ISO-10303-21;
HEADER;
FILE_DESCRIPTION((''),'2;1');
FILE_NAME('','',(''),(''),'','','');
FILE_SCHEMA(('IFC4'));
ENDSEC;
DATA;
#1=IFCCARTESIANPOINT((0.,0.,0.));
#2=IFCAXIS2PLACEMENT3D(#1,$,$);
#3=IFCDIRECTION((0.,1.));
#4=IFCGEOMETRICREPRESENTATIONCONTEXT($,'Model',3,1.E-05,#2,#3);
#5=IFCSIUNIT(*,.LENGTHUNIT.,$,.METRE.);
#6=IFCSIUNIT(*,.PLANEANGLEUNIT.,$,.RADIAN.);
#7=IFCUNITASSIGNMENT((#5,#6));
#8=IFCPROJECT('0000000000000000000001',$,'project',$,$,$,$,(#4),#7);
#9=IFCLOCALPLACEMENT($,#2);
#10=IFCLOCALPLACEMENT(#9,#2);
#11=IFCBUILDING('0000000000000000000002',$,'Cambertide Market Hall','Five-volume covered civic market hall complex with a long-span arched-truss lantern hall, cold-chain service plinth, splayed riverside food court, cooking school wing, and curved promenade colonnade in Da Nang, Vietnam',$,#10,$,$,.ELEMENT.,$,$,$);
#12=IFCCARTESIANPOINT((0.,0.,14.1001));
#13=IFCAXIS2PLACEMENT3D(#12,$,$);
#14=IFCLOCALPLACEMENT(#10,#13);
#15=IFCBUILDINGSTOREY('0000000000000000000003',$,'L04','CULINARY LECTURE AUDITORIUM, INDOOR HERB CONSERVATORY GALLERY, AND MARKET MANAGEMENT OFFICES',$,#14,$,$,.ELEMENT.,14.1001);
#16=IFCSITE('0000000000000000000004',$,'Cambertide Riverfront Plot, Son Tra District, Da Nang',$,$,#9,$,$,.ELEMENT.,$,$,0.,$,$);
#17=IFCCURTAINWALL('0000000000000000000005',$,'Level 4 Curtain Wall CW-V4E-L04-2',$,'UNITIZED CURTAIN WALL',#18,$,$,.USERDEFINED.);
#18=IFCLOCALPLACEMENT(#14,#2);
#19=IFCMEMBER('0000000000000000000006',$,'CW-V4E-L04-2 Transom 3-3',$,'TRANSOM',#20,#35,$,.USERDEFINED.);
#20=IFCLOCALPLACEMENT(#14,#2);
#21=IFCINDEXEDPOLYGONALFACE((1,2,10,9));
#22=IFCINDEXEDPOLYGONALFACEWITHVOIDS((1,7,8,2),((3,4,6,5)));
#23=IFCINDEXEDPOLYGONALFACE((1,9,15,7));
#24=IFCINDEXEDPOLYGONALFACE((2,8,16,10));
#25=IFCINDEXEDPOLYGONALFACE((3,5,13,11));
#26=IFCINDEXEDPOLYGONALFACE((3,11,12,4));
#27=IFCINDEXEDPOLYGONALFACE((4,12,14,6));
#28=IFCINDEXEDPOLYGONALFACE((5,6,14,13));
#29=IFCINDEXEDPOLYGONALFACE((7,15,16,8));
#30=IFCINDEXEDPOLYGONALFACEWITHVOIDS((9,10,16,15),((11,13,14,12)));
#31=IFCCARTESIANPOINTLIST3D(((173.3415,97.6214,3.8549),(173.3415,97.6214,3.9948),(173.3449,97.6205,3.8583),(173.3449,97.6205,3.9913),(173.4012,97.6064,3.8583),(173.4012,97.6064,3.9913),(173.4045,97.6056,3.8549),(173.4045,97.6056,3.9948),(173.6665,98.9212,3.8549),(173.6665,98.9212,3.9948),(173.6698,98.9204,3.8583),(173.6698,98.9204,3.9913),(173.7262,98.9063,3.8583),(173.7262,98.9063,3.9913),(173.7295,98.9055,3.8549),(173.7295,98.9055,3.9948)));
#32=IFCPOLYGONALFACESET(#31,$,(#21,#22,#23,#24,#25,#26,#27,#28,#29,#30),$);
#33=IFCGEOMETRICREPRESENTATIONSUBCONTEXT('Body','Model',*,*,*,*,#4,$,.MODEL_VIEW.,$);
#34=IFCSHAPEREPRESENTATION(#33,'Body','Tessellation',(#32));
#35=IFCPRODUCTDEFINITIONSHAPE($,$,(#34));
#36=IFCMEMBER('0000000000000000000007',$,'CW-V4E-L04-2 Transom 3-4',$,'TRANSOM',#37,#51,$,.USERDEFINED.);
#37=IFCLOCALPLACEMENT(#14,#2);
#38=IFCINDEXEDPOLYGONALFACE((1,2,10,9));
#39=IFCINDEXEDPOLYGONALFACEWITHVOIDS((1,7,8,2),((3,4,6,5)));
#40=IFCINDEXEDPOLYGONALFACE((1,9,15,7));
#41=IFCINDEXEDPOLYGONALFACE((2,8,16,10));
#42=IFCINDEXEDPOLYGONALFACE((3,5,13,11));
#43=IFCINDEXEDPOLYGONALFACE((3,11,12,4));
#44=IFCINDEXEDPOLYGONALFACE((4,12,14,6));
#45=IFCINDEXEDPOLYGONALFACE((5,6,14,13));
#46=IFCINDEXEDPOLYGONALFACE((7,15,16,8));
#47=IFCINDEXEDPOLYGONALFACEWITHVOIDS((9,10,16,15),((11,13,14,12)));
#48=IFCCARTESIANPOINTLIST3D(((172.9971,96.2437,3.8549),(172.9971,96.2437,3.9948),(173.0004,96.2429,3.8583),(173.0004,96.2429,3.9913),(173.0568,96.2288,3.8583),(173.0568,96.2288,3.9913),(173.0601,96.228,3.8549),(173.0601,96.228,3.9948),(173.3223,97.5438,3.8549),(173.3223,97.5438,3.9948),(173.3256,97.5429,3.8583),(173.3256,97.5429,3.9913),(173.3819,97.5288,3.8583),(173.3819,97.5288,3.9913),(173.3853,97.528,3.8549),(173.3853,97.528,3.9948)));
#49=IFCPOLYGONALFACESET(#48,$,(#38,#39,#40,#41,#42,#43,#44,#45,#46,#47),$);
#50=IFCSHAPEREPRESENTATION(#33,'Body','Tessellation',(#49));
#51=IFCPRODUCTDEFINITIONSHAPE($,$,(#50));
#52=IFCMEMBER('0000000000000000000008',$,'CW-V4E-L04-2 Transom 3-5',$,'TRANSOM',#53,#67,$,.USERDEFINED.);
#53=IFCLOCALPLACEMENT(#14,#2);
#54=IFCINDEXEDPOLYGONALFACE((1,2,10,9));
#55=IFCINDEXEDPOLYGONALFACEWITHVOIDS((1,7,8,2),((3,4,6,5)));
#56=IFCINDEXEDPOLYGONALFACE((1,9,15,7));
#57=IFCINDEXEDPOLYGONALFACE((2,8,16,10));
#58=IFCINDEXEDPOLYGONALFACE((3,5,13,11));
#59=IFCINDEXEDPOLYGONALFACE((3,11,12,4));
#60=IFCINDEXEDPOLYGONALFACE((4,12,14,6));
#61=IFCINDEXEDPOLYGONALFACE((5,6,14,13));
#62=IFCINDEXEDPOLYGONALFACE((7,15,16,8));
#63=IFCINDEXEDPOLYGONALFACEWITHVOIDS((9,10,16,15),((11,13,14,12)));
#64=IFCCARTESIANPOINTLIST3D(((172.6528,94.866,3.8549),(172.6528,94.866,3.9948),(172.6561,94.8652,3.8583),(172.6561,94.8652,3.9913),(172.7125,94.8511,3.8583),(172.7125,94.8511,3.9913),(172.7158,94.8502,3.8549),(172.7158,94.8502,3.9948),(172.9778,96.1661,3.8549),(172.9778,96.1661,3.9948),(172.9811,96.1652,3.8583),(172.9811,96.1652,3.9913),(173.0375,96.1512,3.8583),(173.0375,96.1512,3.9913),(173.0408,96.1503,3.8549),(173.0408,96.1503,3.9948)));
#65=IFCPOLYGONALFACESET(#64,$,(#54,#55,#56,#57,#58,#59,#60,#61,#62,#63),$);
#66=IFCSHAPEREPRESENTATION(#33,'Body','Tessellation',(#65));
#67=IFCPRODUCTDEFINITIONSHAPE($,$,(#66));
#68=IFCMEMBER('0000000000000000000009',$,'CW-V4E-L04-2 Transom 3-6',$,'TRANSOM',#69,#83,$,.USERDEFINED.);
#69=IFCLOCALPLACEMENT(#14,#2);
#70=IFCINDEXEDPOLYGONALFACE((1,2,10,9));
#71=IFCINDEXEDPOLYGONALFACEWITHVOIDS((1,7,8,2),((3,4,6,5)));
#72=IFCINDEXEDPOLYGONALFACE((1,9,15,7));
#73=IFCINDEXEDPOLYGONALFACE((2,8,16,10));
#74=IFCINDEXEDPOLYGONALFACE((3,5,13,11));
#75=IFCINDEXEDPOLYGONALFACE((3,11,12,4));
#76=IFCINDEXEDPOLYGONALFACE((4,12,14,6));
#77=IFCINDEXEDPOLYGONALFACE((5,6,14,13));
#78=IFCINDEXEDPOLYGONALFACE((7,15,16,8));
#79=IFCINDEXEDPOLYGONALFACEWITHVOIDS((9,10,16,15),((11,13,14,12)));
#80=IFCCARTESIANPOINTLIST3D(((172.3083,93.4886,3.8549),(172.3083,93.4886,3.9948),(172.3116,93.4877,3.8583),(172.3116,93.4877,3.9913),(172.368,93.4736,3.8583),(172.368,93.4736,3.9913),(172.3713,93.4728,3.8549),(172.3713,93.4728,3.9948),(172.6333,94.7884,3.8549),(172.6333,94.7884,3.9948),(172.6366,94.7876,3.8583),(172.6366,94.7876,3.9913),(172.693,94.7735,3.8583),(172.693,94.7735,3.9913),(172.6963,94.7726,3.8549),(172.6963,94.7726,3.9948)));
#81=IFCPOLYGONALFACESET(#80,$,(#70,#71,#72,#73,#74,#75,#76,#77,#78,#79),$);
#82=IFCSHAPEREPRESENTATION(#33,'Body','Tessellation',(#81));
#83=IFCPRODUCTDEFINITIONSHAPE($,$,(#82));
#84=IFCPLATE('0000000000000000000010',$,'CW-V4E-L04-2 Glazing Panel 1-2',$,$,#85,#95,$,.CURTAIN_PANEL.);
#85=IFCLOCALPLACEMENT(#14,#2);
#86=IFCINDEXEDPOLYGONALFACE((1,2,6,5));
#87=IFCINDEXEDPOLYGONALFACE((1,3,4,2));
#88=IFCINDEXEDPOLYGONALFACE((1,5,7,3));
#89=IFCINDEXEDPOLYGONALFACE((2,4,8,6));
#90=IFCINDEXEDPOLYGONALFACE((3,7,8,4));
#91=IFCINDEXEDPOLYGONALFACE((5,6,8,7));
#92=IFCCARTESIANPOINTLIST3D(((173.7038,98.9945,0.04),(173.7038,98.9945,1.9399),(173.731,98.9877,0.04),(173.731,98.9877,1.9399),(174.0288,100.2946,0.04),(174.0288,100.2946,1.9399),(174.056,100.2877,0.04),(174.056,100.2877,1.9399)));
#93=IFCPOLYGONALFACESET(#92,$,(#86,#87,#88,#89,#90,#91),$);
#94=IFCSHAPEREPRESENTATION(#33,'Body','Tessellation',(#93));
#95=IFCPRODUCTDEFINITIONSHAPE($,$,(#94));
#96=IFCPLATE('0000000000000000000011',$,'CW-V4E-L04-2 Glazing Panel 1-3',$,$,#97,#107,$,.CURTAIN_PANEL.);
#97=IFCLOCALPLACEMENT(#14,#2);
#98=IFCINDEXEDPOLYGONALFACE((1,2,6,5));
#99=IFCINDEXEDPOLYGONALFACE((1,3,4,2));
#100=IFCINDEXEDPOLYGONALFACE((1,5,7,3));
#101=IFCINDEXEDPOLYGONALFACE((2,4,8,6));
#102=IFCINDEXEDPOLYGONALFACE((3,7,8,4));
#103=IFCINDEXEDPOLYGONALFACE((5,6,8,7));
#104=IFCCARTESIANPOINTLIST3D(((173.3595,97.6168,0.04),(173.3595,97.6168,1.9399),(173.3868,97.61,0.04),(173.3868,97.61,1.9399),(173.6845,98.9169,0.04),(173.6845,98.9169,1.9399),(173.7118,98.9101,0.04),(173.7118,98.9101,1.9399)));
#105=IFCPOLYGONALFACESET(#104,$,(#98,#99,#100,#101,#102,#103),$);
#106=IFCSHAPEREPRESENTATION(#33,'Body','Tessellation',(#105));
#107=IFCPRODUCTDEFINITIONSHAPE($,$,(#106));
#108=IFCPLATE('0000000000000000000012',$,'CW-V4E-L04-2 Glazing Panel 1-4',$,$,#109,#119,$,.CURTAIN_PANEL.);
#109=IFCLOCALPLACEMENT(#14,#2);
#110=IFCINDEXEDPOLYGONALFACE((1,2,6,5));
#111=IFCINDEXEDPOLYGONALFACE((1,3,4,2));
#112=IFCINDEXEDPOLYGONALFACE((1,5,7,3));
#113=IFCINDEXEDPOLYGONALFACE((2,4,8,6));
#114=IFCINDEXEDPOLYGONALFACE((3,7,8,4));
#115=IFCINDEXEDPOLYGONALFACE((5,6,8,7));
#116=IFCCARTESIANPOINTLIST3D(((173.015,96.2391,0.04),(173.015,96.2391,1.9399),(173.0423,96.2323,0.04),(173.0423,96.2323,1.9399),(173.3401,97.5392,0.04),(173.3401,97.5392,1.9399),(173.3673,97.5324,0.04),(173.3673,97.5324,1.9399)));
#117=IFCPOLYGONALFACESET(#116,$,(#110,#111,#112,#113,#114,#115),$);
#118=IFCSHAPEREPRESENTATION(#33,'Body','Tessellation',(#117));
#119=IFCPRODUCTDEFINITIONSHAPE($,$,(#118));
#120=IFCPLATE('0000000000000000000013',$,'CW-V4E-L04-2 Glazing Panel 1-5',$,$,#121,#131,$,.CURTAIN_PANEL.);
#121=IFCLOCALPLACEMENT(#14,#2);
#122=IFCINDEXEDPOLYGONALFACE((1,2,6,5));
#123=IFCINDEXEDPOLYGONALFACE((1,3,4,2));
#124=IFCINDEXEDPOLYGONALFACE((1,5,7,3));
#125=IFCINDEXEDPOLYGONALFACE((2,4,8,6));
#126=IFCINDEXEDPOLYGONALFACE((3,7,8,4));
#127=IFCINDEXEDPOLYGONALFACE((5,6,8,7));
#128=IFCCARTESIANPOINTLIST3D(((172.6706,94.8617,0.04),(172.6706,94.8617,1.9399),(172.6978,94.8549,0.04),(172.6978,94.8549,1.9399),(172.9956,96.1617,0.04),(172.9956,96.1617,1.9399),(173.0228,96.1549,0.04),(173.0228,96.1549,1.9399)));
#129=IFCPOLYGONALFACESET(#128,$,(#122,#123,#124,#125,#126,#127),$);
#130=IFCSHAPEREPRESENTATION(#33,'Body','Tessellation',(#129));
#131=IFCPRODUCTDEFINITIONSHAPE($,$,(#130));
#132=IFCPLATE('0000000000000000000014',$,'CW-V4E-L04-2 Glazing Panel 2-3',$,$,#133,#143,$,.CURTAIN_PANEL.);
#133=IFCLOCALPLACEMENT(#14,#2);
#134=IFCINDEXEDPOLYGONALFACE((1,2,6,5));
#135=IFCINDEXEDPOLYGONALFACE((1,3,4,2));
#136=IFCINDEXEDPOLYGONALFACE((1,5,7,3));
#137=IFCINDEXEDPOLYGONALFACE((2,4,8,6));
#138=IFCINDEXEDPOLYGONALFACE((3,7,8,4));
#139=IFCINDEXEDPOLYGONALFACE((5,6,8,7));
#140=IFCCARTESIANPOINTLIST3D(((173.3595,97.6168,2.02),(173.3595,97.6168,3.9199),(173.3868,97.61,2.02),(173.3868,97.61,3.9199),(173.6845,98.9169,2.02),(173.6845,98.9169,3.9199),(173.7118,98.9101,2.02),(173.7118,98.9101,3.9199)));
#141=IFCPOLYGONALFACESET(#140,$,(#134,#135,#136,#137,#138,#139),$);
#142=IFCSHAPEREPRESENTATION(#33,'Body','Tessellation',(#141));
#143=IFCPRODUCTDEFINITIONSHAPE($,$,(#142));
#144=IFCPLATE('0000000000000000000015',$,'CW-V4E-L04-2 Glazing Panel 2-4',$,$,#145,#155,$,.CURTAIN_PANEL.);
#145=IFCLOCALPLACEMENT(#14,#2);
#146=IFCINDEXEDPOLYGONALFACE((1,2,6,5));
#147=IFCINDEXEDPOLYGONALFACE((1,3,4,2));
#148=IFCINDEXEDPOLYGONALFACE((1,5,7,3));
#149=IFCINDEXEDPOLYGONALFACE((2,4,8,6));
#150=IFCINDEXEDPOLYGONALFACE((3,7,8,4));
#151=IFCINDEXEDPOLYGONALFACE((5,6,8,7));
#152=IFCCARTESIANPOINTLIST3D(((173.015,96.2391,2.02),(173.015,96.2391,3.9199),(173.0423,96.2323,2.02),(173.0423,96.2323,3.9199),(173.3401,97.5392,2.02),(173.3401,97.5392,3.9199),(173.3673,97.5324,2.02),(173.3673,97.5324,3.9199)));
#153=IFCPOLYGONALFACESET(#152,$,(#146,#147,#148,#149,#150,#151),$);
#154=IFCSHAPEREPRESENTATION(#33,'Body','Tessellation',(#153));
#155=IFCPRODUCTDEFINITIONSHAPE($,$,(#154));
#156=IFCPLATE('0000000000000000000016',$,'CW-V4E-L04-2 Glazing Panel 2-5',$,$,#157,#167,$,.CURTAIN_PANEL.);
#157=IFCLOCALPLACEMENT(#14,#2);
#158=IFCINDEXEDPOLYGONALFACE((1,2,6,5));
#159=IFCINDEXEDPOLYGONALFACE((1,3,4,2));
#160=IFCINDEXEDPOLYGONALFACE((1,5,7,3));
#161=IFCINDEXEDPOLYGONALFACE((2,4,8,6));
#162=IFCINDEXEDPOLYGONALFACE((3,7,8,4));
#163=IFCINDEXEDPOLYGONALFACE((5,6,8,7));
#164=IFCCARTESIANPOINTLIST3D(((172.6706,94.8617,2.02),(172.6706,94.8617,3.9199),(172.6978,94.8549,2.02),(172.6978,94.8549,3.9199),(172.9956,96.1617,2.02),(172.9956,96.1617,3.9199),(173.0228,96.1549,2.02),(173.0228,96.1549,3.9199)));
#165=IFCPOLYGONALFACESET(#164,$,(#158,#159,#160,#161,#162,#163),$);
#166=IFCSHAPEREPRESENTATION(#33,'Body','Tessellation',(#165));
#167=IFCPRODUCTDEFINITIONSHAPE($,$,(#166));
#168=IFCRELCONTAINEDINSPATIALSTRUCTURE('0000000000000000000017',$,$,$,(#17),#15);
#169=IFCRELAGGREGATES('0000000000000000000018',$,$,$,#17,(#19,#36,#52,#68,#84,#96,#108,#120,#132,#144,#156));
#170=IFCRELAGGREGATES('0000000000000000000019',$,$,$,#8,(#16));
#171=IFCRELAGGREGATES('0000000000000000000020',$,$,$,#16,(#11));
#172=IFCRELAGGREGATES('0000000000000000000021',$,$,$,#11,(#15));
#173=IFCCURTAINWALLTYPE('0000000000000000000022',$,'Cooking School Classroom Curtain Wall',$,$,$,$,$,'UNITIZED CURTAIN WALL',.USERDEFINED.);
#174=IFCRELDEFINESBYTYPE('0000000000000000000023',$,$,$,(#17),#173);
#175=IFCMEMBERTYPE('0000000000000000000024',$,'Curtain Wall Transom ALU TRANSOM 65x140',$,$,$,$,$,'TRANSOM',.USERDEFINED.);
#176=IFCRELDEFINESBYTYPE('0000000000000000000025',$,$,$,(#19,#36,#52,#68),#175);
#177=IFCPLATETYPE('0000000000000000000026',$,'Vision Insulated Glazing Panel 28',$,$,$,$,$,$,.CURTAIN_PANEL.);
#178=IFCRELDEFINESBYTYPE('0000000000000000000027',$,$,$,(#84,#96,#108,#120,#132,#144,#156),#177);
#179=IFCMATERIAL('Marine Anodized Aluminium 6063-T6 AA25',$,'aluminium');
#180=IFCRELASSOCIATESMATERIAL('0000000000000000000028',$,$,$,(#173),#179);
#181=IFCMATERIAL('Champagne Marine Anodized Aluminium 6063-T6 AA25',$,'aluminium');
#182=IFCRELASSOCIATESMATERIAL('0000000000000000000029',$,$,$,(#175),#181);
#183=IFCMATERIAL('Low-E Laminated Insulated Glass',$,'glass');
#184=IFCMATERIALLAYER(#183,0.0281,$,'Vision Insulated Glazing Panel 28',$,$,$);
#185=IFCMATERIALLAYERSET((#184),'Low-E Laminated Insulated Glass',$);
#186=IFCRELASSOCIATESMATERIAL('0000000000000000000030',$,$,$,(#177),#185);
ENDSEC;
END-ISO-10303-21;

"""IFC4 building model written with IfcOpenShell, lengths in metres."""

from ifc_helpers import new_model, si_unit, direction, frame, origin, origin_2d, place, context, subcontext, project, spatial, rectangle, hollow_rectangle, extrude, material, layer, layer_set, material_profile, profile_set, type_object, element, aggregate, save


model = new_model("IFC4")

# Units and contexts
model_context = context("Model", 3, precision=1e-05, world=origin(), true_north=direction((0.0, 1.0)))
body_context = subcontext(model_context, "Body", "Model", "MODEL_VIEW")
ifc_project = project(units=[si_unit("LENGTHUNIT", "METRE"), si_unit("PLANEANGLEUNIT", "RADIAN")], contexts=[model_context])

# Site, building, storey
site_placement = place(None, origin())
site = spatial("IfcSite", under=ifc_project, at=site_placement, Name="Cambertide Riverfront Plot, Son Tra District, Da Nang", CompositionType="ELEMENT", RefElevation=0.0)
building_placement = place(site_placement, origin())
building = spatial("IfcBuilding", under=site, at=building_placement, Name="Cambertide Market Hall", Description="Five-volume covered civic market hall complex with a long-span arched-truss lantern hall, cold-chain service plinth, splayed riverside food court, cooking school wing, and curved promenade colonnade in Da Nang, Vietnam", CompositionType="ELEMENT")
storey_placement = place(building_placement, frame((0.0, 0.0, 14.1001)))
storey = spatial("IfcBuildingStorey", under=building, at=storey_placement, Name="L04", Description="CULINARY LECTURE AUDITORIUM, INDOOR HERB CONSERVATORY GALLERY, AND MARKET MANAGEMENT OFFICES", CompositionType="ELEMENT", Elevation=14.1001)

# Curtain wall, members, plates
ifc_material_1 = material(Name="Marine Anodized Aluminium 6063-T6 AA25", Category="aluminium")
curtain_wall_type = type_object("IfcCurtainWallType", Name="Cooking School Classroom Curtain Wall", ElementType="UNITIZED CURTAIN WALL", PredefinedType="USERDEFINED", material=ifc_material_1)
curtain_wall_placement = place(storey_placement, origin())
curtain_wall = element("IfcCurtainWall", 1, at=curtain_wall_placement, inside=storey, type_object=curtain_wall_type, Name="Level 4 Curtain Wall CW-V4E-L04-2", ObjectType="UNITIZED CURTAIN WALL", PredefinedType="USERDEFINED")
ifc_material_2 = material(Name="Champagne Marine Anodized Aluminium 6063-T6 AA25", Category="aluminium")
ifc_material_profile_1 = material_profile(ifc_material_2, hollow_rectangle(XDim=0.0649, YDim=0.1399, WallThickness=0.0034, at=origin_2d()), Name="ALU TRANSOM 65x140")
ifc_profile_set_1 = profile_set([ifc_material_profile_1], Name="Champagne Marine Anodized Aluminium 6063-T6 AA25")
member_type_1 = type_object("IfcMemberType", Name="Curtain Wall Transom ALU TRANSOM 65x140", ElementType="TRANSOM", PredefinedType="USERDEFINED", material=ifc_profile_set_1)
member_1_placement = place(storey_placement, frame((173.698, 98.9133, 3.9248), z_axis=(-0.242536, -0.970143, 0.0), x_axis=(0.970143, -0.242536, 0.0)))
member_1 = element("IfcMember", 2, at=member_1_placement, type_object=member_type_1, Name="CW-V4E-L04-2 Transom 3-3", ObjectType="TRANSOM", PredefinedType="USERDEFINED", context=body_context, shape_type="SweptSolid", body=[
    extrude(hollow_rectangle(XDim=0.0649, YDim=0.1399, WallThickness=0.0034, at=origin_2d()), origin(), (0.0, 0.0, 1.0), 1.3398),
])
member_2_placement = place(storey_placement, frame((173.3538, 97.5359, 3.9248), z_axis=(-0.242664, -0.97011, 0.0), x_axis=(0.97011, -0.242664, 0.0)))
member_2 = element("IfcMember", 3, at=member_2_placement, type_object=member_type_1, Name="CW-V4E-L04-2 Transom 3-4", ObjectType="TRANSOM", PredefinedType="USERDEFINED", context=body_context, shape_type="SweptSolid", body=[
    extrude(hollow_rectangle(XDim=0.0649, YDim=0.1399, WallThickness=0.0034, at=origin_2d()), origin(), (0.0, 0.0, 1.0), 1.3401),
])
member_3_placement = place(storey_placement, frame((173.0093, 96.1582, 3.9248), z_axis=(-0.242493, -0.970153, 0.0), x_axis=(0.970153, -0.242493, 0.0)))
member_3 = element("IfcMember", 4, at=member_3_placement, type_object=member_type_1, Name="CW-V4E-L04-2 Transom 3-5", ObjectType="TRANSOM", PredefinedType="USERDEFINED", context=body_context, shape_type="SweptSolid", body=[
    extrude(hollow_rectangle(XDim=0.0649, YDim=0.1399, WallThickness=0.0034, at=origin_2d()), origin(), (0.0, 0.0, 1.0), 1.3401),
])
member_4_placement = place(storey_placement, frame((172.6648, 94.7805, 3.9248), z_axis=(-0.242536, -0.970143, 0.0), x_axis=(0.970143, -0.242536, 0.0)))
member_4 = element("IfcMember", 5, at=member_4_placement, type_object=member_type_1, Name="CW-V4E-L04-2 Transom 3-6", ObjectType="TRANSOM", PredefinedType="USERDEFINED", context=body_context, shape_type="SweptSolid", body=[
    extrude(hollow_rectangle(XDim=0.0649, YDim=0.1399, WallThickness=0.0034, at=origin_2d()), origin(), (0.0, 0.0, 1.0), 1.3398),
])
ifc_material_3 = material(Name="Low-E Laminated Insulated Glass", Category="glass")
ifc_layer = layer(ifc_material_3, 0.0281, Name="Vision Insulated Glazing Panel 28")
ifc_layer_set = layer_set([ifc_layer], Name="Low-E Laminated Insulated Glass")
plate_type = type_object("IfcPlateType", Name="Vision Insulated Glazing Panel 28", PredefinedType="CURTAIN_PANEL", material=ifc_layer_set)
plate_1_placement = place(storey_placement, frame((173.8799, 99.6411, 0.04), z_axis=(0.0, 0.0, 1.0), x_axis=(-0.242536, -0.970142, 0.0)))
plate_1 = element("IfcPlate", 6, at=plate_1_placement, type_object=plate_type, Name="CW-V4E-L04-2 Glazing Panel 1-2", PredefinedType="CURTAIN_PANEL", context=body_context, shape_type="SweptSolid", body=[
    extrude(rectangle(XDim=1.3401, YDim=0.0281, at=origin_2d()), origin(), (0.0, 0.0, 1.0), 1.8999),
])
plate_2_placement = place(storey_placement, frame((173.5356, 98.2634, 0.04), z_axis=(0.0, 0.0, 1.0), x_axis=(-0.242536, -0.970142, 0.0)))
plate_2 = element("IfcPlate", 7, at=plate_2_placement, type_object=plate_type, Name="CW-V4E-L04-2 Glazing Panel 1-3", PredefinedType="CURTAIN_PANEL", context=body_context, shape_type="SweptSolid", body=[
    extrude(rectangle(XDim=1.3401, YDim=0.0281, at=origin_2d()), origin(), (0.0, 0.0, 1.0), 1.8999),
])
plate_3_placement = place(storey_placement, frame((173.1912, 96.8857, 0.04), z_axis=(0.0, 0.0, 1.0), x_axis=(-0.242536, -0.970142, 0.0)))
plate_3 = element("IfcPlate", 8, at=plate_3_placement, type_object=plate_type, Name="CW-V4E-L04-2 Glazing Panel 1-4", PredefinedType="CURTAIN_PANEL", context=body_context, shape_type="SweptSolid", body=[
    extrude(rectangle(XDim=1.3401, YDim=0.0281, at=origin_2d()), origin(), (0.0, 0.0, 1.0), 1.8999),
])
plate_4_placement = place(storey_placement, frame((172.8467, 95.5083, 0.04), z_axis=(0.0, 0.0, 1.0), x_axis=(-0.242536, -0.970142, 0.0)))
plate_4 = element("IfcPlate", 9, at=plate_4_placement, type_object=plate_type, Name="CW-V4E-L04-2 Glazing Panel 1-5", PredefinedType="CURTAIN_PANEL", context=body_context, shape_type="SweptSolid", body=[
    extrude(rectangle(XDim=1.3401, YDim=0.0281, at=origin_2d()), origin(), (0.0, 0.0, 1.0), 1.8999),
])
plate_5_placement = place(storey_placement, frame((173.5356, 98.2634, 2.02), z_axis=(0.0, 0.0, 1.0), x_axis=(-0.242536, -0.970142, 0.0)))
plate_5 = element("IfcPlate", 10, at=plate_5_placement, type_object=plate_type, Name="CW-V4E-L04-2 Glazing Panel 2-3", PredefinedType="CURTAIN_PANEL", context=body_context, shape_type="SweptSolid", body=[
    extrude(rectangle(XDim=1.3401, YDim=0.0281, at=origin_2d()), origin(), (0.0, 0.0, 1.0), 1.8999),
])
plate_6_placement = place(storey_placement, frame((173.1912, 96.8857, 2.02), z_axis=(0.0, 0.0, 1.0), x_axis=(-0.242536, -0.970142, 0.0)))
plate_6 = element("IfcPlate", 11, at=plate_6_placement, type_object=plate_type, Name="CW-V4E-L04-2 Glazing Panel 2-4", PredefinedType="CURTAIN_PANEL", context=body_context, shape_type="SweptSolid", body=[
    extrude(rectangle(XDim=1.3401, YDim=0.0281, at=origin_2d()), origin(), (0.0, 0.0, 1.0), 1.8999),
])
plate_7_placement = place(storey_placement, frame((172.8467, 95.5083, 2.02), z_axis=(0.0, 0.0, 1.0), x_axis=(-0.242536, -0.970142, 0.0)))
plate_7 = element("IfcPlate", 12, at=plate_7_placement, type_object=plate_type, Name="CW-V4E-L04-2 Glazing Panel 2-5", PredefinedType="CURTAIN_PANEL", context=body_context, shape_type="SweptSolid", body=[
    extrude(rectangle(XDim=1.3401, YDim=0.0281, at=origin_2d()), origin(), (0.0, 0.0, 1.0), 1.8999),
])
aggregate(curtain_wall, [member_1, member_2, member_3, member_4, plate_1, plate_2, plate_3, plate_4, plate_5, plate_6, plate_7])

save(model, "model.ifc")
